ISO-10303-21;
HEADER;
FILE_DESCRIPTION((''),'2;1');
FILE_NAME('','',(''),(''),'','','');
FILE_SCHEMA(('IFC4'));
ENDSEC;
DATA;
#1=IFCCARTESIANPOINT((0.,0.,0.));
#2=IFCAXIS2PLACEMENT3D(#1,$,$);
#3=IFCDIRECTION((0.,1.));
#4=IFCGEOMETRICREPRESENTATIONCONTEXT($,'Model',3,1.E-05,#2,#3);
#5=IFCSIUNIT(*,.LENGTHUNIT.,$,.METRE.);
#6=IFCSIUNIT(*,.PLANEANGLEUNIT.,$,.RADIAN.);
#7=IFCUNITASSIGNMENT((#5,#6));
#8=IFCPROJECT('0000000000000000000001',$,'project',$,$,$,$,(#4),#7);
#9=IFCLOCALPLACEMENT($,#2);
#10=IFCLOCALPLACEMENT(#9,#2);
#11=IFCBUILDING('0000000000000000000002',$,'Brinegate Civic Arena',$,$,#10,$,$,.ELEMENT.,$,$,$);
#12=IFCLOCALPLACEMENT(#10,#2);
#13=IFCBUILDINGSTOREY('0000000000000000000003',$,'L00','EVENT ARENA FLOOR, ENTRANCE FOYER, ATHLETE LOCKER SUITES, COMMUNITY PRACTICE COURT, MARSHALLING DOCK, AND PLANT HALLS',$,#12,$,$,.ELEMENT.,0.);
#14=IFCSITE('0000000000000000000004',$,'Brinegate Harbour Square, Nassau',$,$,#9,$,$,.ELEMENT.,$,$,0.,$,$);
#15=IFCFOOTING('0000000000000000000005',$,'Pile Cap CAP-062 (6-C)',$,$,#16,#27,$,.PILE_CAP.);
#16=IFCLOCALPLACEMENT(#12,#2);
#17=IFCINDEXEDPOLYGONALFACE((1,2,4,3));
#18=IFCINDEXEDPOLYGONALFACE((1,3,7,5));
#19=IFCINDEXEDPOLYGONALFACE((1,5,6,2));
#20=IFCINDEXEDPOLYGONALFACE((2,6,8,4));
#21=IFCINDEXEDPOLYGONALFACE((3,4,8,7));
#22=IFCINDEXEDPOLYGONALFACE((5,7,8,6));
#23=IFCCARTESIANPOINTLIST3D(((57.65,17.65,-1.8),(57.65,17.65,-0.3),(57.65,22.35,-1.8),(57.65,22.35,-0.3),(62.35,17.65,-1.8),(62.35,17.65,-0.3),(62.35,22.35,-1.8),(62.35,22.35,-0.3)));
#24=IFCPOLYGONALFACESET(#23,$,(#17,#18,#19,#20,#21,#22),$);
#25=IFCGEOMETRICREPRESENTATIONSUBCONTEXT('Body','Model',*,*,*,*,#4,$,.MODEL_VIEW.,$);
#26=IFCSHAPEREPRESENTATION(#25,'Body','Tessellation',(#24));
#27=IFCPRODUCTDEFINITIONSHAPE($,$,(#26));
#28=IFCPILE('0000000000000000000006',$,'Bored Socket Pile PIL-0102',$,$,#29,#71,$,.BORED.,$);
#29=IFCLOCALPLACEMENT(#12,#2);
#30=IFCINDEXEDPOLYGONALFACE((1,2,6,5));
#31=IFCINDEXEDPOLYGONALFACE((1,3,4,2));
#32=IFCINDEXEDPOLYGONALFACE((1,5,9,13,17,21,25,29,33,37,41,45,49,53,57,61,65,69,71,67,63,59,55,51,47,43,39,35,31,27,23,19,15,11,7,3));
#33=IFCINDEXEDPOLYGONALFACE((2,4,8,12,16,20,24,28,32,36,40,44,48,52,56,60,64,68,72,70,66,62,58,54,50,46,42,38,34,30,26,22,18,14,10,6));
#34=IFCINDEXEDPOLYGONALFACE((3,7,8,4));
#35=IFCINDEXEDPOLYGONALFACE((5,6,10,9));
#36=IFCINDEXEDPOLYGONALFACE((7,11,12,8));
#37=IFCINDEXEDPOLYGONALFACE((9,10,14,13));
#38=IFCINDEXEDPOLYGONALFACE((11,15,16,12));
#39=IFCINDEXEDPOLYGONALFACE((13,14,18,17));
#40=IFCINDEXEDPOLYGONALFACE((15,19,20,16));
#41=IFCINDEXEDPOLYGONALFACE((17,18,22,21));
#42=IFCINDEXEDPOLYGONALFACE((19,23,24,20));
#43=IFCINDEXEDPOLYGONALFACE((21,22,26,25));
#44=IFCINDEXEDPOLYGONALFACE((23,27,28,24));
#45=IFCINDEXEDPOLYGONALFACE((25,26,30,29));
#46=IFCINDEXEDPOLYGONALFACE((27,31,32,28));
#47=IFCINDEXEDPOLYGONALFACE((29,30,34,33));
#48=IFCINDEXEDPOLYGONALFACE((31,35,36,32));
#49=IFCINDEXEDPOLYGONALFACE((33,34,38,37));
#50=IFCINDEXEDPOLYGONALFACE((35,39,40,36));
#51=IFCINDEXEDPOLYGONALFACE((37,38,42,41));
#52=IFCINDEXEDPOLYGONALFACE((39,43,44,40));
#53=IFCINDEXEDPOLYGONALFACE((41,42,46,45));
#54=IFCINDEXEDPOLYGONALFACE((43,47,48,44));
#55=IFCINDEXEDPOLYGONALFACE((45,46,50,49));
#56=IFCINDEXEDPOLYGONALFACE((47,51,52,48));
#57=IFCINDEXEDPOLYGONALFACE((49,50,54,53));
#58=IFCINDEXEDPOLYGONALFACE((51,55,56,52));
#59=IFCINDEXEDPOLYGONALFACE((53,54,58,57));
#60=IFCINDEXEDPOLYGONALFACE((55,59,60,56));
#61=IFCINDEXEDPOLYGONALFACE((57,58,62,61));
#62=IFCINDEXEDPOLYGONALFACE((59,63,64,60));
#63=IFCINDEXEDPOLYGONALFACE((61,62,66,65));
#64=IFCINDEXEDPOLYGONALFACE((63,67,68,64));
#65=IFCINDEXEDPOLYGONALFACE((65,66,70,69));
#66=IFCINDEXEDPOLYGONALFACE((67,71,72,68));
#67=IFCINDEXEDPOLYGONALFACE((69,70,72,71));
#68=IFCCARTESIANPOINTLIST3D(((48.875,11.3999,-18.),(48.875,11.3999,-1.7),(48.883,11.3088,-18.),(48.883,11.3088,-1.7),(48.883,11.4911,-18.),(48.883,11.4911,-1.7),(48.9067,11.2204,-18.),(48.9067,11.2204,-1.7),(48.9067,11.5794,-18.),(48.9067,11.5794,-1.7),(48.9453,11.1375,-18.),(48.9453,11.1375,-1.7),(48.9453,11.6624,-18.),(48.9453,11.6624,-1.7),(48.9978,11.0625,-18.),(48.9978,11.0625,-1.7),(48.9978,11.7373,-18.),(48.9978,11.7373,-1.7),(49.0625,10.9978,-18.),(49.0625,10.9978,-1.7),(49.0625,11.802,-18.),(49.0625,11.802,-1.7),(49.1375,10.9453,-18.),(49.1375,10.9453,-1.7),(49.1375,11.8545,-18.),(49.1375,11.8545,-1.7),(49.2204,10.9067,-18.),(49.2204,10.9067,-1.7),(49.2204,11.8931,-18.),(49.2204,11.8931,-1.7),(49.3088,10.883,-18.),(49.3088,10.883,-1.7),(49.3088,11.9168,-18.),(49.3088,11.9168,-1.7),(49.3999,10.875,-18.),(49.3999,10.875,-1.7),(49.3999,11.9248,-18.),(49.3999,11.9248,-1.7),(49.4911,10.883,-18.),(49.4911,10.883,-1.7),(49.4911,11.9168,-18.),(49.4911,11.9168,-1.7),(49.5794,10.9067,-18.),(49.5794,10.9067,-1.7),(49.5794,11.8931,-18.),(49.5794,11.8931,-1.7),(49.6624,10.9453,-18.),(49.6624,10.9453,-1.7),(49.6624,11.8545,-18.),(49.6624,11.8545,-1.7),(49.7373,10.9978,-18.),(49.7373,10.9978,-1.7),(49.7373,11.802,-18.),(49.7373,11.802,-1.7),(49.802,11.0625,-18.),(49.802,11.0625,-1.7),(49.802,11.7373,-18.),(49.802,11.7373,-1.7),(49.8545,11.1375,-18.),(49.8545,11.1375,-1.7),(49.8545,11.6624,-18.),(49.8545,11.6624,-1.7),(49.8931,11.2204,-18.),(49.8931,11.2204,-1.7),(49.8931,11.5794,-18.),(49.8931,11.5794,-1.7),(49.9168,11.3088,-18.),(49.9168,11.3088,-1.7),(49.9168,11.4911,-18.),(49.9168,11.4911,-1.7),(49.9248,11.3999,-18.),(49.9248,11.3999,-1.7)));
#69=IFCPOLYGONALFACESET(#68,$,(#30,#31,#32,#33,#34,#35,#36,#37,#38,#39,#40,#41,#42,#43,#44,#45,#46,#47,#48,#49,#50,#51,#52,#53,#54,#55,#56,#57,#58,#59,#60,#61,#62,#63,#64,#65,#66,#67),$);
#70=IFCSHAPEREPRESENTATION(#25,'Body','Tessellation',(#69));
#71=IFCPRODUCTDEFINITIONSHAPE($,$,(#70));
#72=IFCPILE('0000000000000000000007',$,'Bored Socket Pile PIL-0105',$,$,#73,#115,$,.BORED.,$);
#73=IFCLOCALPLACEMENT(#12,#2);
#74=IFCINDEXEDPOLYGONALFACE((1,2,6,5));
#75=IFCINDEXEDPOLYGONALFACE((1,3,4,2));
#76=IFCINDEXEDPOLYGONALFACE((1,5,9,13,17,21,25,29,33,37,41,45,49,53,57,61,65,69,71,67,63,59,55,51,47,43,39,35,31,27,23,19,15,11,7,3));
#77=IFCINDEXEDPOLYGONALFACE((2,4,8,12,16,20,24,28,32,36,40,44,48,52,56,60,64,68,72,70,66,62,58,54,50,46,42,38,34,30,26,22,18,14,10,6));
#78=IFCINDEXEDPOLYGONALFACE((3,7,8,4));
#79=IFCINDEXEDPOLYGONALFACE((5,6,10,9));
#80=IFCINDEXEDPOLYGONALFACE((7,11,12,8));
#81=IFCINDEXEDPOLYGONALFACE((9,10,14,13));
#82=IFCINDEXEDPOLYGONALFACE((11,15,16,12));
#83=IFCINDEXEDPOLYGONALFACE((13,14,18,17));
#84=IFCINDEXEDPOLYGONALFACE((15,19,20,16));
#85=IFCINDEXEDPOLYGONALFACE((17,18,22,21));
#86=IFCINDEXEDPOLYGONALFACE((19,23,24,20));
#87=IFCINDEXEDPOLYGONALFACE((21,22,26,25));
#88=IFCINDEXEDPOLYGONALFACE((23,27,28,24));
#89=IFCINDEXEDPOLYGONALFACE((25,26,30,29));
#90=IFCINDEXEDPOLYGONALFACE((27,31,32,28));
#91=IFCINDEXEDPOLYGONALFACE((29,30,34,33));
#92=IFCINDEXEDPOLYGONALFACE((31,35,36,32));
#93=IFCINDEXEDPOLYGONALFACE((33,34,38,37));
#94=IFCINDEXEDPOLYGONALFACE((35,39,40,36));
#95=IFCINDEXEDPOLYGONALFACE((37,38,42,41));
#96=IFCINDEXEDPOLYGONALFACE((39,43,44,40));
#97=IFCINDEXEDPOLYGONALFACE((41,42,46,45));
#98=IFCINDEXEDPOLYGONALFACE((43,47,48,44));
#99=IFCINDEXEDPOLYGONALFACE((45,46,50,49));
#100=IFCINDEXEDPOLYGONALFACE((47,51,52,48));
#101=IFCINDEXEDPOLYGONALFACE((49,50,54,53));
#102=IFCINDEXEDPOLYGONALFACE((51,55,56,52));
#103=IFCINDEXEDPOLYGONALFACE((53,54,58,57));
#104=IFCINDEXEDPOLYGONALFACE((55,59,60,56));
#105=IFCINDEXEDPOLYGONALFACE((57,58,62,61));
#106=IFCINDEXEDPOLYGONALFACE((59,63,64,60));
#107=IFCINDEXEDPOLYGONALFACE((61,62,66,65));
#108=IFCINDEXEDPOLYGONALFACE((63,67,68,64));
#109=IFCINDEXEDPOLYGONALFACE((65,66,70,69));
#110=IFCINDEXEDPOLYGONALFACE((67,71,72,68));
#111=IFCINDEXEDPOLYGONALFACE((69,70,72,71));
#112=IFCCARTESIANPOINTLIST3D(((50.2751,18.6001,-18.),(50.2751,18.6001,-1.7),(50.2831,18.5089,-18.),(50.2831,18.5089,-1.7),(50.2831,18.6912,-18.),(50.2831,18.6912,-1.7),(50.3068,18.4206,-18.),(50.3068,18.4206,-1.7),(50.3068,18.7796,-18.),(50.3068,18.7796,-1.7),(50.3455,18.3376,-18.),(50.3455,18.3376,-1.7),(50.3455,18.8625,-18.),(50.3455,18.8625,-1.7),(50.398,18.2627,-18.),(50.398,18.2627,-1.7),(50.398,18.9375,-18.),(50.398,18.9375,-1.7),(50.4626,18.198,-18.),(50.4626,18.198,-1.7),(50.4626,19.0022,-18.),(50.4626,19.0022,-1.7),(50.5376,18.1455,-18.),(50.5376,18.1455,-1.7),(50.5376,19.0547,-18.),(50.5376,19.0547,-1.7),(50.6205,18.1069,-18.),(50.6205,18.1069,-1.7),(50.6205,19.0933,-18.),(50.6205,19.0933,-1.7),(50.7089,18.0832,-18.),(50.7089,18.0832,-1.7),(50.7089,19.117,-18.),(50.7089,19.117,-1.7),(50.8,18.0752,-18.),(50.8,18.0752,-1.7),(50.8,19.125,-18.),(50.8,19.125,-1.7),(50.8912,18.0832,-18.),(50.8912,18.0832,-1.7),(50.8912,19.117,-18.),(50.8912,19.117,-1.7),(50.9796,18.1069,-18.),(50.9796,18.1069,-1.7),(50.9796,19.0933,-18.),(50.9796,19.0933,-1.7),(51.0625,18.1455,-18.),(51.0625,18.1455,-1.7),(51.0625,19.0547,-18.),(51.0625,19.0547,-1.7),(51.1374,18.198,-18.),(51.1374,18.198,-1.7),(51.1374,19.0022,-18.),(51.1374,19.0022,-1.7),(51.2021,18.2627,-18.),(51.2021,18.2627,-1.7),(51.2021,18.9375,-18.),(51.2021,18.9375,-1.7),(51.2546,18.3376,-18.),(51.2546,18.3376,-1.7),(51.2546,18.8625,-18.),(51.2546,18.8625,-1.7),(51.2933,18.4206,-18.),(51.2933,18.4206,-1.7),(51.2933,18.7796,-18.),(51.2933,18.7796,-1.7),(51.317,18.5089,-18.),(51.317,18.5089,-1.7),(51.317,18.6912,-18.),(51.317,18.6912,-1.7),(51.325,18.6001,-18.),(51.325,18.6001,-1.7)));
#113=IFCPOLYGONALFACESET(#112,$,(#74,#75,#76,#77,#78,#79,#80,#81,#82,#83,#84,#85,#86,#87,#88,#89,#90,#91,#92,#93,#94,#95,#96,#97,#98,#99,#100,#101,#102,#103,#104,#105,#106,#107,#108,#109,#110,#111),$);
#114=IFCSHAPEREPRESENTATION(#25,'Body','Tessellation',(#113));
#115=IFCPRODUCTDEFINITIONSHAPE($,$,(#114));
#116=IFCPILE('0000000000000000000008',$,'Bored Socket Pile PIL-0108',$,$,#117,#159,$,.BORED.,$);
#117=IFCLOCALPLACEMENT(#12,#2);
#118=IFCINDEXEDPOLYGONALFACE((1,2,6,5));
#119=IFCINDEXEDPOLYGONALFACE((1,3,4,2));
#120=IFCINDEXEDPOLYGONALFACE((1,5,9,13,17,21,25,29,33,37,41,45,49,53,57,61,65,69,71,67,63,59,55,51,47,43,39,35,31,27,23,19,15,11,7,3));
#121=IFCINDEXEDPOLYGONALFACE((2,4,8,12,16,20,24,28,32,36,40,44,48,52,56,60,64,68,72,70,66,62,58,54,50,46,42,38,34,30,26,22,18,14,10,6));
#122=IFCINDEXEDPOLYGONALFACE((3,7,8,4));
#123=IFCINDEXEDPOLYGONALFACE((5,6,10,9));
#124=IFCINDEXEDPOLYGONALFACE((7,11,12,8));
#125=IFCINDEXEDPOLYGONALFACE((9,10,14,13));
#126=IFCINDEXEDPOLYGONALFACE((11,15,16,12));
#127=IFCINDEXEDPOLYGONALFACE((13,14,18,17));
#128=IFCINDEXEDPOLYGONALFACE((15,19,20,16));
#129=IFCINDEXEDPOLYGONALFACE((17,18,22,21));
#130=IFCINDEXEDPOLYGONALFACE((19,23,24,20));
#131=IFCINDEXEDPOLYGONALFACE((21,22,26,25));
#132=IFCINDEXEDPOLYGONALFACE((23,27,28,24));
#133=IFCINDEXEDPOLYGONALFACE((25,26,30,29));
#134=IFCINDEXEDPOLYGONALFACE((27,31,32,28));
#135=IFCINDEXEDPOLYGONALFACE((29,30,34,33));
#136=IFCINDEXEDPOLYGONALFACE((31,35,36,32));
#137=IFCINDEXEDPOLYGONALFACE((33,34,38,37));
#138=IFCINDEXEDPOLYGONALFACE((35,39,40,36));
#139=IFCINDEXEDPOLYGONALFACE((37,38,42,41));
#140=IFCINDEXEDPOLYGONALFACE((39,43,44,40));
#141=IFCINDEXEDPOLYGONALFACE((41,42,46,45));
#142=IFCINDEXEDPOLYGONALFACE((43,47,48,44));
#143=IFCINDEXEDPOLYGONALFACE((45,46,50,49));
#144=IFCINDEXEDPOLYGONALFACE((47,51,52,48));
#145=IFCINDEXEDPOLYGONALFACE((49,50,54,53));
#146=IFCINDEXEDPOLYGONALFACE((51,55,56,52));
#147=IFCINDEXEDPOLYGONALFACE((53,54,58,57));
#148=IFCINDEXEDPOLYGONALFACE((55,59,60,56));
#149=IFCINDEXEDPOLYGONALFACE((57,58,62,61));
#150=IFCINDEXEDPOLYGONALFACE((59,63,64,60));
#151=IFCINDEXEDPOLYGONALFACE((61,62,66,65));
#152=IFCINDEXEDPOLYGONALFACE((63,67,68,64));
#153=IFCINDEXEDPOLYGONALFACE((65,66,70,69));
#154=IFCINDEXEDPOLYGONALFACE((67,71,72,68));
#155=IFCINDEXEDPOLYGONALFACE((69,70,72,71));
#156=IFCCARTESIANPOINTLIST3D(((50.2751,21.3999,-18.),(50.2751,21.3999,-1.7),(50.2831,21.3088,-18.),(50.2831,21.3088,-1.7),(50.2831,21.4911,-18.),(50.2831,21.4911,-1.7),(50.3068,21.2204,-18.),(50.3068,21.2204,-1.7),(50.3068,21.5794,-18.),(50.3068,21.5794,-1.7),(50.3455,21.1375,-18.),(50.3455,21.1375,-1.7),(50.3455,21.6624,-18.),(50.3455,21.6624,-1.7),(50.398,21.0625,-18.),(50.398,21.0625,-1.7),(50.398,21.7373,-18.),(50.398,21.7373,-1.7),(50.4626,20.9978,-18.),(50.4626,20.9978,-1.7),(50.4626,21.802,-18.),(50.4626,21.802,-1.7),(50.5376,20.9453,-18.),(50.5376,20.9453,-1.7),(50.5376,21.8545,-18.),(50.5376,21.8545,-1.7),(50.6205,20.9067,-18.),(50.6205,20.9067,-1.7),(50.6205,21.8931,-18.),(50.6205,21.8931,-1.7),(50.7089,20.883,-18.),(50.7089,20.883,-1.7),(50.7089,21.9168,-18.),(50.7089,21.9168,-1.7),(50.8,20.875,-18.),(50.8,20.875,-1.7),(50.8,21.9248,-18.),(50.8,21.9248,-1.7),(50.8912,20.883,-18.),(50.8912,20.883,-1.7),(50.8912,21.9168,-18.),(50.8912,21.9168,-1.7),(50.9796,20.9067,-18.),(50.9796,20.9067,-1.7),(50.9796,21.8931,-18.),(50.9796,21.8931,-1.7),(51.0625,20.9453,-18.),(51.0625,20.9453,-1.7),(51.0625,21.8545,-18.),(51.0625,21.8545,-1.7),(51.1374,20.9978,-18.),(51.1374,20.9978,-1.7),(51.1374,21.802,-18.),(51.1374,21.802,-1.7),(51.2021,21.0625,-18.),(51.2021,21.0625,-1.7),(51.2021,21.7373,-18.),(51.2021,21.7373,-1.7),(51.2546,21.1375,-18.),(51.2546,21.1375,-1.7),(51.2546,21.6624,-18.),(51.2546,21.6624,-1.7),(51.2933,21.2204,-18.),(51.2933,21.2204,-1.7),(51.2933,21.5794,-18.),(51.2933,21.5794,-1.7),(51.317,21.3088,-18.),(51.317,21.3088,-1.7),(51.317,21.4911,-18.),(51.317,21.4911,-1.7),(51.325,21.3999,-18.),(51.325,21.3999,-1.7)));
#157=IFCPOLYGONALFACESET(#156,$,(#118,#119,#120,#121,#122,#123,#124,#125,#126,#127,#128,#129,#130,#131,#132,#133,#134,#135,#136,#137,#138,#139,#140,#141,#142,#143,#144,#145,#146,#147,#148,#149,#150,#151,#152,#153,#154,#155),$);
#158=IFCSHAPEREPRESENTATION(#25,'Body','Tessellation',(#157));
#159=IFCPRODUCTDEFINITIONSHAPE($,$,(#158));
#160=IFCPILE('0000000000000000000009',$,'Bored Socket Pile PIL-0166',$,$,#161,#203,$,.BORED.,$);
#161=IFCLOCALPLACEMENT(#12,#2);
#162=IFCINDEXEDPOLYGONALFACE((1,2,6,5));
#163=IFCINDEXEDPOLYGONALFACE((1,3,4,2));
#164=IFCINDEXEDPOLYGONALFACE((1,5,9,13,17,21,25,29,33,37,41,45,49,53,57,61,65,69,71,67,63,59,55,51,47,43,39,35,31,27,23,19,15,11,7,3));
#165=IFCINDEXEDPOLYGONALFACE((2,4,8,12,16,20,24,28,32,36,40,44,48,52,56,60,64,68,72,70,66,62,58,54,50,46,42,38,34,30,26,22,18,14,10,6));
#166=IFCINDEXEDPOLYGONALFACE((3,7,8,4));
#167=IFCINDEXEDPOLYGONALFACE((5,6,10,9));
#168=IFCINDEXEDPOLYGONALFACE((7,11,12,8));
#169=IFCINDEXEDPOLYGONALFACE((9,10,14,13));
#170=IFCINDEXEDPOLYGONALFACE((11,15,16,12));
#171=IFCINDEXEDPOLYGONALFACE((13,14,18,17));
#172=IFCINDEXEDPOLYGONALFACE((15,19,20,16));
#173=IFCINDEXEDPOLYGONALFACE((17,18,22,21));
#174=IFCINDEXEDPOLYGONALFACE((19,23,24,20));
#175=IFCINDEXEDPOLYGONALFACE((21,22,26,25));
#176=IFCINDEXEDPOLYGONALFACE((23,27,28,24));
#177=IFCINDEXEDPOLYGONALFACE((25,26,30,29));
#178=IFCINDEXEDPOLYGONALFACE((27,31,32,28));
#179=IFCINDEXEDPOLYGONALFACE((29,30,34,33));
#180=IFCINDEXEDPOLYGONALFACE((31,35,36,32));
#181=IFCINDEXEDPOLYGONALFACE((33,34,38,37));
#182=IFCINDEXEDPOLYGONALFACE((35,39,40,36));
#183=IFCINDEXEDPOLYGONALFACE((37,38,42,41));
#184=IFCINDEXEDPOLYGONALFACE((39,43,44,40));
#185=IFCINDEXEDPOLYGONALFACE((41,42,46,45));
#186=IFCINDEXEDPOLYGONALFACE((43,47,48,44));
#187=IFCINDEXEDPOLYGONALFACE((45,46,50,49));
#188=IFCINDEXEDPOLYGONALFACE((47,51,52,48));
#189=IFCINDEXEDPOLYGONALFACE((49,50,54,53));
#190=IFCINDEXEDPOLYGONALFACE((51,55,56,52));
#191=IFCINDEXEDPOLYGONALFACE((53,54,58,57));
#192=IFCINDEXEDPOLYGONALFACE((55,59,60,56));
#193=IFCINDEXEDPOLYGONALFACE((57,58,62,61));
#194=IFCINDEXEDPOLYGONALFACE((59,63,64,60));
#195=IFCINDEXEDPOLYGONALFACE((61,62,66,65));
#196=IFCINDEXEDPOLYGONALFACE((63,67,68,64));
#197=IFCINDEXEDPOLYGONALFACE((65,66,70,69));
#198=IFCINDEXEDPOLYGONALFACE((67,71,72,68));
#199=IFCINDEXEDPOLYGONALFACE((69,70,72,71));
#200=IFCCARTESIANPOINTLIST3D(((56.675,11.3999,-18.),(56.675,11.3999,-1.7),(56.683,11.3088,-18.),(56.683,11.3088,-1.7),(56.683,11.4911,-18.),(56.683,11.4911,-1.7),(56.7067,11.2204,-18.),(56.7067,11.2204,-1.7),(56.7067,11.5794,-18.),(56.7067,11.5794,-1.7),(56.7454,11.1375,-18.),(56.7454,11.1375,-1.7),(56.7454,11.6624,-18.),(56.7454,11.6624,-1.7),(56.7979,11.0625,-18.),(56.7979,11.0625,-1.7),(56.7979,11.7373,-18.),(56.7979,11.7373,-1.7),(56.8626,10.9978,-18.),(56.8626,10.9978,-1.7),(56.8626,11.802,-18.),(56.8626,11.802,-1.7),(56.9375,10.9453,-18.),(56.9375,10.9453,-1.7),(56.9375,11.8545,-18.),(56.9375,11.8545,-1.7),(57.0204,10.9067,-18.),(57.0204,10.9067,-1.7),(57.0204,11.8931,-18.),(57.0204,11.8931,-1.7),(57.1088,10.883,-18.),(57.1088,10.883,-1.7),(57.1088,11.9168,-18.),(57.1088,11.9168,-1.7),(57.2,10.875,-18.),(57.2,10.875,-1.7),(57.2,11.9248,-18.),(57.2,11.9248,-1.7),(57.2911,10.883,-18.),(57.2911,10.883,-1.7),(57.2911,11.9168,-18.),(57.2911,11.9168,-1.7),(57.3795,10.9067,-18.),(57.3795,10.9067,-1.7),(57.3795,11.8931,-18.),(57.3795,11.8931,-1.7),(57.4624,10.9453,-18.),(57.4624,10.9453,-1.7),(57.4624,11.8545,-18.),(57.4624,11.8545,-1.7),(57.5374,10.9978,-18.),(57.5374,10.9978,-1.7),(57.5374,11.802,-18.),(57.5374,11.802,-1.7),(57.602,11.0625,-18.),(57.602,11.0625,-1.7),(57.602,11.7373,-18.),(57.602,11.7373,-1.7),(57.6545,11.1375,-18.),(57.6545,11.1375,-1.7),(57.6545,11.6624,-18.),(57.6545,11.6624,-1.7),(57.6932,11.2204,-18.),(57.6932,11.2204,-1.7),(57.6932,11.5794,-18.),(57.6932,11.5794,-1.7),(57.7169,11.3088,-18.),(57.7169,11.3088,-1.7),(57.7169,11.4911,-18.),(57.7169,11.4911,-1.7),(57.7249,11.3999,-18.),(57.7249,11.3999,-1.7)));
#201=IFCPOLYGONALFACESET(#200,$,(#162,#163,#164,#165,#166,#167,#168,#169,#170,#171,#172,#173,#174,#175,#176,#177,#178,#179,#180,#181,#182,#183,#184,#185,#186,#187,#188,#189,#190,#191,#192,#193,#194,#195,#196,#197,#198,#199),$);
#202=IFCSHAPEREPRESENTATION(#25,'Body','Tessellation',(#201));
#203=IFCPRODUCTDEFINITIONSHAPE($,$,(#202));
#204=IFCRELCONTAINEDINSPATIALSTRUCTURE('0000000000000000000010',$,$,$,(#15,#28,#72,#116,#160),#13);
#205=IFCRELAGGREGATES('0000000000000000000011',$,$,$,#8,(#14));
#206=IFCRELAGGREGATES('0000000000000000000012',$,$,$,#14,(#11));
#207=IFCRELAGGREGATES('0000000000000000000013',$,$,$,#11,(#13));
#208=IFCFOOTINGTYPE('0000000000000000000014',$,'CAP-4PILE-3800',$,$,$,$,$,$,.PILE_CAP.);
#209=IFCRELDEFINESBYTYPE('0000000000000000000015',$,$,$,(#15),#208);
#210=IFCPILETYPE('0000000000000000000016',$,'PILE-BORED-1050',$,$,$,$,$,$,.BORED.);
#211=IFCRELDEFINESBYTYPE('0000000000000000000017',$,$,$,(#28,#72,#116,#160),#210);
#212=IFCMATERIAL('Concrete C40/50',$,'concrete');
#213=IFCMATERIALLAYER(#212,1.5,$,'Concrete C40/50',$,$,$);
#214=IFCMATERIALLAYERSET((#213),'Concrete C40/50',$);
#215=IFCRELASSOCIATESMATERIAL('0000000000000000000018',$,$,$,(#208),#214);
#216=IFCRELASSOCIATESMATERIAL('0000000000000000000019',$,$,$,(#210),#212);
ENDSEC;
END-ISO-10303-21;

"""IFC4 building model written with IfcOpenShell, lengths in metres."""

from ifc_helpers import new_model, si_unit, direction, frame, origin, origin_2d, place, context, subcontext, project, spatial, rectangle, circle, extrude, material, layer, layer_set, material_profile, profile_set, type_object, element, save


model = new_model("IFC4")

# Units and contexts
model_context = context("Model", 3, precision=1e-05, world=origin(), true_north=direction((0.0, 1.0)))
body_context = subcontext(model_context, "Body", "Model", "MODEL_VIEW")
ifc_project = project(units=[si_unit("LENGTHUNIT", "METRE"), si_unit("PLANEANGLEUNIT", "RADIAN")], contexts=[model_context])

# Site, building, storey
site_placement = place(None, origin())
site = spatial("IfcSite", under=ifc_project, at=site_placement, Name="Brinegate Harbour Square, Nassau", CompositionType="ELEMENT", RefElevation=0.0)
building_placement = place(site_placement, origin())
building = spatial("IfcBuilding", under=site, at=building_placement, Name="Brinegate Civic Arena", CompositionType="ELEMENT")
storey_placement = place(building_placement, origin())
storey = spatial("IfcBuildingStorey", under=building, at=storey_placement, Name="L00", Description="EVENT ARENA FLOOR, ENTRANCE FOYER, ATHLETE LOCKER SUITES, COMMUNITY PRACTICE COURT, MARSHALLING DOCK, AND PLANT HALLS", CompositionType="ELEMENT", Elevation=0.0)

# Footing
ifc_material_1 = material(Name="Concrete C40/50", Category="concrete")
ifc_layer_1 = layer(ifc_material_1, 1.5, Name="Concrete C40/50")
ifc_layer_set_1 = layer_set([ifc_layer_1], Name="Concrete C40/50")
footing_type_1 = type_object("IfcFootingType", Name="CAP-4PILE-3800", PredefinedType="PILE_CAP", material=ifc_layer_set_1)
footing_1_placement = place(storey_placement, frame((60.0, 20.0, -1.8), z_axis=(0.0, 0.0, 1.0), x_axis=(1.0, 0.0, 0.0)))
element("IfcFooting", 1, at=footing_1_placement, inside=storey, type_object=footing_type_1, Name="Pile Cap CAP-062 (6-C)", PredefinedType="PILE_CAP", context=body_context, shape_type="SweptSolid", body=[
    extrude(rectangle(XDim=4.7, YDim=4.7, at=origin_2d()), origin(), (0.0, 0.0, 1.0), 1.5),
])

# Piles
ifc_material_profile_1 = material_profile(ifc_material_1, circle(Radius=0.5249, at=origin_2d()), Name="PILED1050")
ifc_profile_set_1 = profile_set([ifc_material_profile_1], Name="Concrete C40/50")
pile_type = type_object("IfcPileType", Name="PILE-BORED-1050", PredefinedType="BORED", material=ifc_profile_set_1)
for number, where, z_axis, x_axis, name in (
    (2, (49.3999, 11.3999, -1.7), (0.0, 0.0, -1.0), (1.0, 0.0, 0.0), "Bored Socket Pile PIL-0102"),
    (3, (50.8, 18.6001, -1.7), (0.0, 0.0, -1.0), (1.0, 0.0, 0.0), "Bored Socket Pile PIL-0105"),
    (4, (50.8, 21.3999, -1.7), (0.0, 0.0, -1.0), (1.0, 0.0, 0.0), "Bored Socket Pile PIL-0108"),
    (5, (57.2, 11.3999, -1.7), (0.0, 0.0, -1.0), (1.0, 0.0, 0.0), "Bored Socket Pile PIL-0166"),
):
    element("IfcPile", number, at=place(storey_placement, frame(where, z_axis=z_axis, x_axis=x_axis)), inside=storey, type_object=pile_type, Name=name, PredefinedType="BORED", context=body_context, shape_type="SweptSolid", body=[
        extrude(circle(Radius=0.5249, at=origin_2d()), origin(), (0.0, 0.0, 1.0), 16.3),
    ])

save(model, "model.ifc")
